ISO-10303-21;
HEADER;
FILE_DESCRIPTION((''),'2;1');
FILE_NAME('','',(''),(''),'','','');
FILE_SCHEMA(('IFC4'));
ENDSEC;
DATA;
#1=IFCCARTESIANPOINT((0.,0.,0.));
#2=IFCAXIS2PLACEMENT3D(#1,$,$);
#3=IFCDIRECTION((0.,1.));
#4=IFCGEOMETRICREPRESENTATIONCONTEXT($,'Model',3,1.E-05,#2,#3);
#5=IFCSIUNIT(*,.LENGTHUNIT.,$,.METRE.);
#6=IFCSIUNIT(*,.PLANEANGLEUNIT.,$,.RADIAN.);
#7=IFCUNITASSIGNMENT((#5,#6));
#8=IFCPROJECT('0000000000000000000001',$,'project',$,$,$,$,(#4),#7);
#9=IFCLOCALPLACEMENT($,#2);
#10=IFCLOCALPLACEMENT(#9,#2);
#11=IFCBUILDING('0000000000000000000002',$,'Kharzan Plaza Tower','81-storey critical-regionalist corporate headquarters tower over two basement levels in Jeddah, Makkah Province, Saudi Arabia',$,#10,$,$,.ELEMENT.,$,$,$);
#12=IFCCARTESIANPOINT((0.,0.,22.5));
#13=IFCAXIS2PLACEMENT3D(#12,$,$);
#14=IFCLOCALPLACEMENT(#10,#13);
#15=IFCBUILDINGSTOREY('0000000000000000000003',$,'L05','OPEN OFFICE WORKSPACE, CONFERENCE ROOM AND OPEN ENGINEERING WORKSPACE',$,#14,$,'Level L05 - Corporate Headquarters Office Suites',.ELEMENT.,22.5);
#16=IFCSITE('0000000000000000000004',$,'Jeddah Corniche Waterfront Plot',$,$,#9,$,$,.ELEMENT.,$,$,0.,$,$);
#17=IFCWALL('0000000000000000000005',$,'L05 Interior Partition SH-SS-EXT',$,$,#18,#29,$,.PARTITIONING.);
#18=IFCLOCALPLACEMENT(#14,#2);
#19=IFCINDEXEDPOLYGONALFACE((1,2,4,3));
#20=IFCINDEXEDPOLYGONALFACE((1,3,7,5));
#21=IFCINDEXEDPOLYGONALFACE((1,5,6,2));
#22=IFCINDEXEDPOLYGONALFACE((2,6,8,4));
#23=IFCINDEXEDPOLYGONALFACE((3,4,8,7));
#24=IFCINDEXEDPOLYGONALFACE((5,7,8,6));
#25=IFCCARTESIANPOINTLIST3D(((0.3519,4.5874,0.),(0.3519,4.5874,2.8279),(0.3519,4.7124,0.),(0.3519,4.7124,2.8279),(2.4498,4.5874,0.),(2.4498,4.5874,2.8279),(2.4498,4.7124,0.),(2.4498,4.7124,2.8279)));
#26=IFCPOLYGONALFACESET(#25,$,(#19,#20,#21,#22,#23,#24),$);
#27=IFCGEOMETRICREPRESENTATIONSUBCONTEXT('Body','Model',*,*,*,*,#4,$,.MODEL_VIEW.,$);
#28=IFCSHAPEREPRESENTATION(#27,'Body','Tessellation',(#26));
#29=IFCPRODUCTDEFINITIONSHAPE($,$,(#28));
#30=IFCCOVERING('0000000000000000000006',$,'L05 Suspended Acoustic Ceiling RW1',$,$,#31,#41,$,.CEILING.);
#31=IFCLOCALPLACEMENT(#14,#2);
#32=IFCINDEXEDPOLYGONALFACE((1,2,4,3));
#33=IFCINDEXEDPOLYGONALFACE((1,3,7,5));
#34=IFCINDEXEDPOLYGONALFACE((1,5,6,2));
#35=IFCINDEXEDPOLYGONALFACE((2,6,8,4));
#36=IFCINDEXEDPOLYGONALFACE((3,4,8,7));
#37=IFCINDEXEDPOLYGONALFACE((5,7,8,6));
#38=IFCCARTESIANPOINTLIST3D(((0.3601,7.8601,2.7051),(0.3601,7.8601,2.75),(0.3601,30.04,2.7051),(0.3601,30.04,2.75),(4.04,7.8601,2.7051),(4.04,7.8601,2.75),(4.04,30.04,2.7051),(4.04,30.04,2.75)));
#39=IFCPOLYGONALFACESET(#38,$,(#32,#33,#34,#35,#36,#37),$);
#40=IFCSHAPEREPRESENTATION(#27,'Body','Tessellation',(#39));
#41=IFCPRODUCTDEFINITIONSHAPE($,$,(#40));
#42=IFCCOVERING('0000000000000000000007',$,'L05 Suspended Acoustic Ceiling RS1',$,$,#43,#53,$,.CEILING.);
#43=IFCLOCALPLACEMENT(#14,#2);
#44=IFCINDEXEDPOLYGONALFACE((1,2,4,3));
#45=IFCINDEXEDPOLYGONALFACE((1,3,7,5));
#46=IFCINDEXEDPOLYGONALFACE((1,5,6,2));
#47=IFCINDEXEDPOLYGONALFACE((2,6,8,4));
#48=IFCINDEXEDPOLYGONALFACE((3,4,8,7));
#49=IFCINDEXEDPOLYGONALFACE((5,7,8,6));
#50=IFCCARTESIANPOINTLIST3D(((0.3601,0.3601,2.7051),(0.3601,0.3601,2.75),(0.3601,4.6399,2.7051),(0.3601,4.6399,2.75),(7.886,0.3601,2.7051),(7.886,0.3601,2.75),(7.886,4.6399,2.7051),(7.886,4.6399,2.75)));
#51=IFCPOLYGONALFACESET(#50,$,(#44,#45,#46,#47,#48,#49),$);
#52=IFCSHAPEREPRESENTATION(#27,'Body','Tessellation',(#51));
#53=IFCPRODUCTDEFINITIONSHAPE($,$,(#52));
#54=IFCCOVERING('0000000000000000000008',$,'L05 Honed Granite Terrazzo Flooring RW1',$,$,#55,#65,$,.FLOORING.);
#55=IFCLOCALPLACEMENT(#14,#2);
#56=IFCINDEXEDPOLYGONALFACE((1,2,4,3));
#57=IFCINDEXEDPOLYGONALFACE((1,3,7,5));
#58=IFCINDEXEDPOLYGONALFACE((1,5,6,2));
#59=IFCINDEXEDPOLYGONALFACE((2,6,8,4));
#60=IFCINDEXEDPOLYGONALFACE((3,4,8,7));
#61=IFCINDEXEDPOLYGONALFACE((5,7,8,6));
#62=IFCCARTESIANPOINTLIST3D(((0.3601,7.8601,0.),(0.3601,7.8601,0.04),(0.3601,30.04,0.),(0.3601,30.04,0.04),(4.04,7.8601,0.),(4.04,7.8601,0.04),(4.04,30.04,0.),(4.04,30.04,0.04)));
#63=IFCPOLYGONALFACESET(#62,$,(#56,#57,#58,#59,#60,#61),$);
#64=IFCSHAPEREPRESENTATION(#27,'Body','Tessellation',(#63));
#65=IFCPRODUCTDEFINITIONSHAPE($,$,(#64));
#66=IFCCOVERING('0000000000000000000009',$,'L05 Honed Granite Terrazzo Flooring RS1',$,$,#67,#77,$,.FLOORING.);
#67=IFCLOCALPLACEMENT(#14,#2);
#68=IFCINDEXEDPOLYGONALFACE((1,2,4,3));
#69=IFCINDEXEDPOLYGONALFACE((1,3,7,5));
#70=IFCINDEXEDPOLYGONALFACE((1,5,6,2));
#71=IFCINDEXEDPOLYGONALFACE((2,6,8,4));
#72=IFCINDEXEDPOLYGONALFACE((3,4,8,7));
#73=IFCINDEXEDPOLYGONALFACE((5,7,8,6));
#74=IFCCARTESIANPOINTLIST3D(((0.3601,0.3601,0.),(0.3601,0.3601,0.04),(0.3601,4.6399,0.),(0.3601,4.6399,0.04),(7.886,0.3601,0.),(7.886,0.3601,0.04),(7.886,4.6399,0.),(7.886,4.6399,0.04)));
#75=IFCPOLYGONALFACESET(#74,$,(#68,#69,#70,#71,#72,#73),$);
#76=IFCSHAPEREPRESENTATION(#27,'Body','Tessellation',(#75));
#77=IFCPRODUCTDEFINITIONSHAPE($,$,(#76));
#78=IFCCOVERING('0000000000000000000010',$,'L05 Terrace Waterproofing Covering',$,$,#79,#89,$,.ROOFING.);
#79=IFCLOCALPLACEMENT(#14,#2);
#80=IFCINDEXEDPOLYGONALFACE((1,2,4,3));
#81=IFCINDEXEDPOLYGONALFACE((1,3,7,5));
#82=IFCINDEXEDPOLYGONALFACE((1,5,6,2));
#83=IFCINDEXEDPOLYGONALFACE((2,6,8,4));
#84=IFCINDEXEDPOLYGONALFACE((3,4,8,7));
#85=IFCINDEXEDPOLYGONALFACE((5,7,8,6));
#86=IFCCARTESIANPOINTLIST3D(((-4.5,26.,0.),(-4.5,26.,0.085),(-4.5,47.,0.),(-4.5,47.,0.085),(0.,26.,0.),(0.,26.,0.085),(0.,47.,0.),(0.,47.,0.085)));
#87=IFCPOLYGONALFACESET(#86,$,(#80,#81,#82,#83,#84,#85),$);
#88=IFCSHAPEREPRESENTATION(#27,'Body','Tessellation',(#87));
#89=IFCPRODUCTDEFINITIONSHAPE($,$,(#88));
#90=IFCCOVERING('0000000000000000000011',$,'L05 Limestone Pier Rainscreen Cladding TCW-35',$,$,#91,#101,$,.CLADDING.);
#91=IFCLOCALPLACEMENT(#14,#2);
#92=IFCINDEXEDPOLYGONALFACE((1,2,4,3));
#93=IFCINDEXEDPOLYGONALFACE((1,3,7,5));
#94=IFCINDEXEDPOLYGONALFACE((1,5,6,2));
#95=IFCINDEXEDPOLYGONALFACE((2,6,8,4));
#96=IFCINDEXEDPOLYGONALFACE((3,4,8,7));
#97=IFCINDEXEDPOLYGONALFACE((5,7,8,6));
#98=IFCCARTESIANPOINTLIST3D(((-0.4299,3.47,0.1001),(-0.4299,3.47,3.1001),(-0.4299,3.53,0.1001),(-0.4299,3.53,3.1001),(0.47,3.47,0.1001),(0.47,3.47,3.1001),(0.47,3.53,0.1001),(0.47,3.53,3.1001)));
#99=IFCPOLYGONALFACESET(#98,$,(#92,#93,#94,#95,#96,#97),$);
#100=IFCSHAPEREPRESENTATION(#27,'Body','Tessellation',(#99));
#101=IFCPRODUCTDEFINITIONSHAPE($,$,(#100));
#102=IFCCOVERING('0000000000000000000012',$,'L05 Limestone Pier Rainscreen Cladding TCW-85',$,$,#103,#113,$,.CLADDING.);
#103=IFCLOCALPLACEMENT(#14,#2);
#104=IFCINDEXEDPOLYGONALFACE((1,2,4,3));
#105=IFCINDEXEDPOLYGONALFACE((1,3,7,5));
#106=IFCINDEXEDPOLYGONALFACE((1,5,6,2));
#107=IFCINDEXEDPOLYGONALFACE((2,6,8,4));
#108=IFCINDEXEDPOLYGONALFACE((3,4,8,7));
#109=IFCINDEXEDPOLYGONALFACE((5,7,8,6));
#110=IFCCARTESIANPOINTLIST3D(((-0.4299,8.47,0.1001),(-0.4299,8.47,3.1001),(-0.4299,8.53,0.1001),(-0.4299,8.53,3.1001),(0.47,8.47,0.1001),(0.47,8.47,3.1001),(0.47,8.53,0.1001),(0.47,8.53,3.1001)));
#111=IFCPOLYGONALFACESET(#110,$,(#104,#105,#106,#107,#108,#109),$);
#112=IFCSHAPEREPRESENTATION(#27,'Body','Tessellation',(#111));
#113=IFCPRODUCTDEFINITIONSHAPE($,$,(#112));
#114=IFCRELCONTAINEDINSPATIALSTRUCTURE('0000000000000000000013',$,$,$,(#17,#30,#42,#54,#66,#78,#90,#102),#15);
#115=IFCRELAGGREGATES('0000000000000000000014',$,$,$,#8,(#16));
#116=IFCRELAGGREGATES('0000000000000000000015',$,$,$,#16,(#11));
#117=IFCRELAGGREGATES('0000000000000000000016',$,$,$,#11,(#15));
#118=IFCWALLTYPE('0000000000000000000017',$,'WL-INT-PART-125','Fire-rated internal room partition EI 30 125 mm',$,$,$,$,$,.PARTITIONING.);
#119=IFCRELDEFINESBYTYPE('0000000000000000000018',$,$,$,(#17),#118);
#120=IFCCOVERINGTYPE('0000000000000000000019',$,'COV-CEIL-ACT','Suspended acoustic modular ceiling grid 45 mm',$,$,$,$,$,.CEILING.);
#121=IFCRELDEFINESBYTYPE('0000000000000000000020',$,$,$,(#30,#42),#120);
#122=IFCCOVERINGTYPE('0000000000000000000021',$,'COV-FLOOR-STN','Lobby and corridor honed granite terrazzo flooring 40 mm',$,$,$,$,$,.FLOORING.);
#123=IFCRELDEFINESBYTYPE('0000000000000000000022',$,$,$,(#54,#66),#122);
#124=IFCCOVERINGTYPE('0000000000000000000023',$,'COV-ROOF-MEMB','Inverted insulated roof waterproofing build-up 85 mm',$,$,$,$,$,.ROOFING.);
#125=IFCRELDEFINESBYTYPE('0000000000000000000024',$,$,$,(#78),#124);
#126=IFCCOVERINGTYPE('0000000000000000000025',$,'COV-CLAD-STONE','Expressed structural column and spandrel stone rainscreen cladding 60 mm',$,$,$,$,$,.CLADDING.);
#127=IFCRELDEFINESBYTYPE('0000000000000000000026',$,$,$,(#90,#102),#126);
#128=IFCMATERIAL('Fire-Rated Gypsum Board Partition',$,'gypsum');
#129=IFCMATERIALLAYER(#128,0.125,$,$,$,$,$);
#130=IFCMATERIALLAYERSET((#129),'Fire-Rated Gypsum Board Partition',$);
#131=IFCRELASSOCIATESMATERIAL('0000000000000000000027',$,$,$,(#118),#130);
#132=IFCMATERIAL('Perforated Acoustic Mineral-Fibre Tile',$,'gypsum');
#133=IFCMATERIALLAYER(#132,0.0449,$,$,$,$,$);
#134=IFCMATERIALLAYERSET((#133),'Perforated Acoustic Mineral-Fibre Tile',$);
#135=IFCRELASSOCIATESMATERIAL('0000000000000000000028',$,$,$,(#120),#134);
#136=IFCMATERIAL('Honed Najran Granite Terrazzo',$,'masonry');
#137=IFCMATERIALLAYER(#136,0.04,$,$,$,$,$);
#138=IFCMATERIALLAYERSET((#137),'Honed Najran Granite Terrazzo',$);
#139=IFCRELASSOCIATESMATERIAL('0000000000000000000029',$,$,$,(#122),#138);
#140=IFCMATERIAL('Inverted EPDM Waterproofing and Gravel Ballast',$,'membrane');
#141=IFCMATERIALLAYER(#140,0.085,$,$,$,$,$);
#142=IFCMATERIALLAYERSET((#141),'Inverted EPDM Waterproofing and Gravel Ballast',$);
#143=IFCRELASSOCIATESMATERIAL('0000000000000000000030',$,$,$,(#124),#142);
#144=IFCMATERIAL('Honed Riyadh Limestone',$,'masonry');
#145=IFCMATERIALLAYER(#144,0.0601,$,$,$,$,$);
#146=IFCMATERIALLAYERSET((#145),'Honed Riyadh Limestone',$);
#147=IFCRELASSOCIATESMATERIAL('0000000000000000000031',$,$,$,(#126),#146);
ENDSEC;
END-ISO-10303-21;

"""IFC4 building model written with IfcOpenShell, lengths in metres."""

from ifc_helpers import new_model, si_unit, direction, frame, frame_2d, origin, origin_2d, place, context, subcontext, project, spatial, polyline, rectangle, outline, extrude, source, transform, mapped, material, layer, layer_set, type_object, element, save


model = new_model("IFC4")

# Units and contexts
model_context = context("Model", 3, precision=1e-05, world=origin(), true_north=direction((0.0, 1.0)))
body_context = subcontext(model_context, "Body", "Model", "MODEL_VIEW")
ifc_project = project(units=[si_unit("LENGTHUNIT", "METRE"), si_unit("PLANEANGLEUNIT", "RADIAN")], contexts=[model_context])

# Site, building, storey
site_placement = place(None, origin())
site = spatial("IfcSite", under=ifc_project, at=site_placement, Name="Jeddah Corniche Waterfront Plot", CompositionType="ELEMENT", RefElevation=0.0)
building_placement = place(site_placement, origin())
building = spatial("IfcBuilding", under=site, at=building_placement, Name="Kharzan Plaza Tower", Description="81-storey critical-regionalist corporate headquarters tower over two basement levels in Jeddah, Makkah Province, Saudi Arabia", CompositionType="ELEMENT")
storey_placement = place(building_placement, frame((0.0, 0.0, 22.5)))
storey = spatial("IfcBuildingStorey", under=building, at=storey_placement, Name="L05", Description="OPEN OFFICE WORKSPACE, CONFERENCE ROOM AND OPEN ENGINEERING WORKSPACE", LongName="Level L05 - Corporate Headquarters Office Suites", CompositionType="ELEMENT", Elevation=22.5)

# Shared definitions
ifc_material_1 = material(Name="Fire-Rated Gypsum Board Partition", Category="gypsum")
ifc_layer_1 = layer(ifc_material_1, 0.125)
ifc_layer_set_1 = layer_set([ifc_layer_1], Name="Fire-Rated Gypsum Board Partition")
wall_type_1 = type_object("IfcWallType", Name="WL-INT-PART-125", Description="Fire-rated internal room partition EI 30 125 mm", PredefinedType="PARTITIONING", material=ifc_layer_set_1)

# Wall
shared_shape_1 = source(origin(), body_context, "Body", "SweptSolid", [
    extrude(rectangle(XDim=2.0979, YDim=0.125, at=frame_2d((1.0488, 0.0))), origin(), (0.0, 0.0, 1.0), 2.8279),
])
wall_1_placement = place(storey_placement, frame((0.3521, 4.6499, 0.0), z_axis=(0.0, 0.0, 1.0), x_axis=(1.0, 0.0, 0.0)))
element("IfcWall", 1, at=wall_1_placement, inside=storey, type_object=wall_type_1, Name="L05 Interior Partition SH-SS-EXT", PredefinedType="PARTITIONING", context=body_context, shape_type="MappedRepresentation", body=[
    mapped(shared_shape_1, transform((0.0, 0.0, 0.0), x_axis=(1.0, 0.0, 0.0), y_axis=(0.0, 1.0, 0.0), z_axis=(0.0, 0.0, 1.0))),
])

# Coverings
ifc_material_2 = material(Name="Perforated Acoustic Mineral-Fibre Tile", Category="gypsum")
ifc_layer_2 = layer(ifc_material_2, 0.0449)
ifc_layer_set_2 = layer_set([ifc_layer_2], Name="Perforated Acoustic Mineral-Fibre Tile")
covering_type_1 = type_object("IfcCoveringType", Name="COV-CEIL-ACT", Description="Suspended acoustic modular ceiling grid 45 mm", PredefinedType="CEILING", material=ifc_layer_set_2)
covering_1_placement = place(storey_placement, frame((0.0, 0.0, 2.7051)))
element("IfcCovering", 2, at=covering_1_placement, inside=storey, type_object=covering_type_1, Name="L05 Suspended Acoustic Ceiling RW1", PredefinedType="CEILING", context=body_context, shape_type="SweptSolid", body=[
    extrude(outline(polyline([(0.3601, 7.8601), (4.04, 7.8601), (4.04, 30.04), (0.3601, 30.04), (0.3601, 7.8601)])), origin(), (0.0, 0.0, 1.0), 0.0449),
])
covering_2_placement = place(storey_placement, frame((0.0, 0.0, 2.7051)))
element("IfcCovering", 3, at=covering_2_placement, inside=storey, type_object=covering_type_1, Name="L05 Suspended Acoustic Ceiling RS1", PredefinedType="CEILING", context=body_context, shape_type="SweptSolid", body=[
    extrude(outline(polyline([(0.3601, 0.3601), (7.886, 0.3601), (7.886, 4.6399), (0.3601, 4.6399), (0.3601, 0.3601)])), origin(), (0.0, 0.0, 1.0), 0.0449),
])
ifc_material_3 = material(Name="Honed Najran Granite Terrazzo", Category="masonry")
ifc_layer_3 = layer(ifc_material_3, 0.04)
ifc_layer_set_3 = layer_set([ifc_layer_3], Name="Honed Najran Granite Terrazzo")
covering_type_2 = type_object("IfcCoveringType", Name="COV-FLOOR-STN", Description="Lobby and corridor honed granite terrazzo flooring 40 mm", PredefinedType="FLOORING", material=ifc_layer_set_3)
covering_3_placement = place(storey_placement, origin())
element("IfcCovering", 4, at=covering_3_placement, inside=storey, type_object=covering_type_2, Name="L05 Honed Granite Terrazzo Flooring RW1", PredefinedType="FLOORING", context=body_context, shape_type="SweptSolid", body=[
    extrude(outline(polyline([(0.3601, 7.8601), (4.04, 7.8601), (4.04, 30.04), (0.3601, 30.04), (0.3601, 7.8601)])), origin(), (0.0, 0.0, 1.0), 0.04),
])
covering_4_placement = place(storey_placement, origin())
element("IfcCovering", 5, at=covering_4_placement, inside=storey, type_object=covering_type_2, Name="L05 Honed Granite Terrazzo Flooring RS1", PredefinedType="FLOORING", context=body_context, shape_type="SweptSolid", body=[
    extrude(outline(polyline([(0.3601, 0.3601), (7.886, 0.3601), (7.886, 4.6399), (0.3601, 4.6399), (0.3601, 0.3601)])), origin(), (0.0, 0.0, 1.0), 0.04),
])
ifc_material_4 = material(Name="Inverted EPDM Waterproofing and Gravel Ballast", Category="membrane")
ifc_layer_4 = layer(ifc_material_4, 0.085)
ifc_layer_set_4 = layer_set([ifc_layer_4], Name="Inverted EPDM Waterproofing and Gravel Ballast")
covering_type_3 = type_object("IfcCoveringType", Name="COV-ROOF-MEMB", Description="Inverted insulated roof waterproofing build-up 85 mm", PredefinedType="ROOFING", material=ifc_layer_set_4)
covering_5_placement = place(storey_placement, origin())
element("IfcCovering", 6, at=covering_5_placement, inside=storey, type_object=covering_type_3, Name="L05 Terrace Waterproofing Covering", PredefinedType="ROOFING", context=body_context, shape_type="SweptSolid", body=[
    extrude(outline(polyline([(-4.5, 26.0), (0.0, 26.0), (0.0, 47.0), (-4.5, 47.0), (-4.5, 26.0)])), origin(), (0.0, 0.0, 1.0), 0.085),
])
ifc_material_5 = material(Name="Honed Riyadh Limestone", Category="masonry")
ifc_layer_5 = layer(ifc_material_5, 0.0601)
ifc_layer_set_5 = layer_set([ifc_layer_5], Name="Honed Riyadh Limestone")
covering_type_4 = type_object("IfcCoveringType", Name="COV-CLAD-STONE", Description="Expressed structural column and spandrel stone rainscreen cladding 60 mm", PredefinedType="CLADDING", material=ifc_layer_set_5)
shared_shape_2 = source(origin(), body_context, "Body", "SweptSolid", [
    extrude(rectangle(XDim=0.0601, YDim=0.8999, at=origin_2d()), origin(), (0.0, 0.0, 1.0), 3.0),
])
for number, where, z_axis, x_axis, name in (
    (7, (0.02, 3.5, 0.1001), (0.0, 0.0, 1.0), (0.0, 1.0, 0.0), "L05 Limestone Pier Rainscreen Cladding TCW-35"),
    (8, (0.02, 8.5, 0.1001), (0.0, 0.0, 1.0), (0.0, 1.0, 0.0), "L05 Limestone Pier Rainscreen Cladding TCW-85"),
):
    element("IfcCovering", number, at=place(storey_placement, frame(where, z_axis=z_axis, x_axis=x_axis)), inside=storey, type_object=covering_type_4, Name=name, PredefinedType="CLADDING", context=body_context, shape_type="MappedRepresentation", body=[
        mapped(shared_shape_2, transform((0.0, 0.0, 0.0), x_axis=(1.0, 0.0, 0.0), y_axis=(0.0, 1.0, 0.0), z_axis=(0.0, 0.0, 1.0))),
    ])

save(model, "model.ifc")
